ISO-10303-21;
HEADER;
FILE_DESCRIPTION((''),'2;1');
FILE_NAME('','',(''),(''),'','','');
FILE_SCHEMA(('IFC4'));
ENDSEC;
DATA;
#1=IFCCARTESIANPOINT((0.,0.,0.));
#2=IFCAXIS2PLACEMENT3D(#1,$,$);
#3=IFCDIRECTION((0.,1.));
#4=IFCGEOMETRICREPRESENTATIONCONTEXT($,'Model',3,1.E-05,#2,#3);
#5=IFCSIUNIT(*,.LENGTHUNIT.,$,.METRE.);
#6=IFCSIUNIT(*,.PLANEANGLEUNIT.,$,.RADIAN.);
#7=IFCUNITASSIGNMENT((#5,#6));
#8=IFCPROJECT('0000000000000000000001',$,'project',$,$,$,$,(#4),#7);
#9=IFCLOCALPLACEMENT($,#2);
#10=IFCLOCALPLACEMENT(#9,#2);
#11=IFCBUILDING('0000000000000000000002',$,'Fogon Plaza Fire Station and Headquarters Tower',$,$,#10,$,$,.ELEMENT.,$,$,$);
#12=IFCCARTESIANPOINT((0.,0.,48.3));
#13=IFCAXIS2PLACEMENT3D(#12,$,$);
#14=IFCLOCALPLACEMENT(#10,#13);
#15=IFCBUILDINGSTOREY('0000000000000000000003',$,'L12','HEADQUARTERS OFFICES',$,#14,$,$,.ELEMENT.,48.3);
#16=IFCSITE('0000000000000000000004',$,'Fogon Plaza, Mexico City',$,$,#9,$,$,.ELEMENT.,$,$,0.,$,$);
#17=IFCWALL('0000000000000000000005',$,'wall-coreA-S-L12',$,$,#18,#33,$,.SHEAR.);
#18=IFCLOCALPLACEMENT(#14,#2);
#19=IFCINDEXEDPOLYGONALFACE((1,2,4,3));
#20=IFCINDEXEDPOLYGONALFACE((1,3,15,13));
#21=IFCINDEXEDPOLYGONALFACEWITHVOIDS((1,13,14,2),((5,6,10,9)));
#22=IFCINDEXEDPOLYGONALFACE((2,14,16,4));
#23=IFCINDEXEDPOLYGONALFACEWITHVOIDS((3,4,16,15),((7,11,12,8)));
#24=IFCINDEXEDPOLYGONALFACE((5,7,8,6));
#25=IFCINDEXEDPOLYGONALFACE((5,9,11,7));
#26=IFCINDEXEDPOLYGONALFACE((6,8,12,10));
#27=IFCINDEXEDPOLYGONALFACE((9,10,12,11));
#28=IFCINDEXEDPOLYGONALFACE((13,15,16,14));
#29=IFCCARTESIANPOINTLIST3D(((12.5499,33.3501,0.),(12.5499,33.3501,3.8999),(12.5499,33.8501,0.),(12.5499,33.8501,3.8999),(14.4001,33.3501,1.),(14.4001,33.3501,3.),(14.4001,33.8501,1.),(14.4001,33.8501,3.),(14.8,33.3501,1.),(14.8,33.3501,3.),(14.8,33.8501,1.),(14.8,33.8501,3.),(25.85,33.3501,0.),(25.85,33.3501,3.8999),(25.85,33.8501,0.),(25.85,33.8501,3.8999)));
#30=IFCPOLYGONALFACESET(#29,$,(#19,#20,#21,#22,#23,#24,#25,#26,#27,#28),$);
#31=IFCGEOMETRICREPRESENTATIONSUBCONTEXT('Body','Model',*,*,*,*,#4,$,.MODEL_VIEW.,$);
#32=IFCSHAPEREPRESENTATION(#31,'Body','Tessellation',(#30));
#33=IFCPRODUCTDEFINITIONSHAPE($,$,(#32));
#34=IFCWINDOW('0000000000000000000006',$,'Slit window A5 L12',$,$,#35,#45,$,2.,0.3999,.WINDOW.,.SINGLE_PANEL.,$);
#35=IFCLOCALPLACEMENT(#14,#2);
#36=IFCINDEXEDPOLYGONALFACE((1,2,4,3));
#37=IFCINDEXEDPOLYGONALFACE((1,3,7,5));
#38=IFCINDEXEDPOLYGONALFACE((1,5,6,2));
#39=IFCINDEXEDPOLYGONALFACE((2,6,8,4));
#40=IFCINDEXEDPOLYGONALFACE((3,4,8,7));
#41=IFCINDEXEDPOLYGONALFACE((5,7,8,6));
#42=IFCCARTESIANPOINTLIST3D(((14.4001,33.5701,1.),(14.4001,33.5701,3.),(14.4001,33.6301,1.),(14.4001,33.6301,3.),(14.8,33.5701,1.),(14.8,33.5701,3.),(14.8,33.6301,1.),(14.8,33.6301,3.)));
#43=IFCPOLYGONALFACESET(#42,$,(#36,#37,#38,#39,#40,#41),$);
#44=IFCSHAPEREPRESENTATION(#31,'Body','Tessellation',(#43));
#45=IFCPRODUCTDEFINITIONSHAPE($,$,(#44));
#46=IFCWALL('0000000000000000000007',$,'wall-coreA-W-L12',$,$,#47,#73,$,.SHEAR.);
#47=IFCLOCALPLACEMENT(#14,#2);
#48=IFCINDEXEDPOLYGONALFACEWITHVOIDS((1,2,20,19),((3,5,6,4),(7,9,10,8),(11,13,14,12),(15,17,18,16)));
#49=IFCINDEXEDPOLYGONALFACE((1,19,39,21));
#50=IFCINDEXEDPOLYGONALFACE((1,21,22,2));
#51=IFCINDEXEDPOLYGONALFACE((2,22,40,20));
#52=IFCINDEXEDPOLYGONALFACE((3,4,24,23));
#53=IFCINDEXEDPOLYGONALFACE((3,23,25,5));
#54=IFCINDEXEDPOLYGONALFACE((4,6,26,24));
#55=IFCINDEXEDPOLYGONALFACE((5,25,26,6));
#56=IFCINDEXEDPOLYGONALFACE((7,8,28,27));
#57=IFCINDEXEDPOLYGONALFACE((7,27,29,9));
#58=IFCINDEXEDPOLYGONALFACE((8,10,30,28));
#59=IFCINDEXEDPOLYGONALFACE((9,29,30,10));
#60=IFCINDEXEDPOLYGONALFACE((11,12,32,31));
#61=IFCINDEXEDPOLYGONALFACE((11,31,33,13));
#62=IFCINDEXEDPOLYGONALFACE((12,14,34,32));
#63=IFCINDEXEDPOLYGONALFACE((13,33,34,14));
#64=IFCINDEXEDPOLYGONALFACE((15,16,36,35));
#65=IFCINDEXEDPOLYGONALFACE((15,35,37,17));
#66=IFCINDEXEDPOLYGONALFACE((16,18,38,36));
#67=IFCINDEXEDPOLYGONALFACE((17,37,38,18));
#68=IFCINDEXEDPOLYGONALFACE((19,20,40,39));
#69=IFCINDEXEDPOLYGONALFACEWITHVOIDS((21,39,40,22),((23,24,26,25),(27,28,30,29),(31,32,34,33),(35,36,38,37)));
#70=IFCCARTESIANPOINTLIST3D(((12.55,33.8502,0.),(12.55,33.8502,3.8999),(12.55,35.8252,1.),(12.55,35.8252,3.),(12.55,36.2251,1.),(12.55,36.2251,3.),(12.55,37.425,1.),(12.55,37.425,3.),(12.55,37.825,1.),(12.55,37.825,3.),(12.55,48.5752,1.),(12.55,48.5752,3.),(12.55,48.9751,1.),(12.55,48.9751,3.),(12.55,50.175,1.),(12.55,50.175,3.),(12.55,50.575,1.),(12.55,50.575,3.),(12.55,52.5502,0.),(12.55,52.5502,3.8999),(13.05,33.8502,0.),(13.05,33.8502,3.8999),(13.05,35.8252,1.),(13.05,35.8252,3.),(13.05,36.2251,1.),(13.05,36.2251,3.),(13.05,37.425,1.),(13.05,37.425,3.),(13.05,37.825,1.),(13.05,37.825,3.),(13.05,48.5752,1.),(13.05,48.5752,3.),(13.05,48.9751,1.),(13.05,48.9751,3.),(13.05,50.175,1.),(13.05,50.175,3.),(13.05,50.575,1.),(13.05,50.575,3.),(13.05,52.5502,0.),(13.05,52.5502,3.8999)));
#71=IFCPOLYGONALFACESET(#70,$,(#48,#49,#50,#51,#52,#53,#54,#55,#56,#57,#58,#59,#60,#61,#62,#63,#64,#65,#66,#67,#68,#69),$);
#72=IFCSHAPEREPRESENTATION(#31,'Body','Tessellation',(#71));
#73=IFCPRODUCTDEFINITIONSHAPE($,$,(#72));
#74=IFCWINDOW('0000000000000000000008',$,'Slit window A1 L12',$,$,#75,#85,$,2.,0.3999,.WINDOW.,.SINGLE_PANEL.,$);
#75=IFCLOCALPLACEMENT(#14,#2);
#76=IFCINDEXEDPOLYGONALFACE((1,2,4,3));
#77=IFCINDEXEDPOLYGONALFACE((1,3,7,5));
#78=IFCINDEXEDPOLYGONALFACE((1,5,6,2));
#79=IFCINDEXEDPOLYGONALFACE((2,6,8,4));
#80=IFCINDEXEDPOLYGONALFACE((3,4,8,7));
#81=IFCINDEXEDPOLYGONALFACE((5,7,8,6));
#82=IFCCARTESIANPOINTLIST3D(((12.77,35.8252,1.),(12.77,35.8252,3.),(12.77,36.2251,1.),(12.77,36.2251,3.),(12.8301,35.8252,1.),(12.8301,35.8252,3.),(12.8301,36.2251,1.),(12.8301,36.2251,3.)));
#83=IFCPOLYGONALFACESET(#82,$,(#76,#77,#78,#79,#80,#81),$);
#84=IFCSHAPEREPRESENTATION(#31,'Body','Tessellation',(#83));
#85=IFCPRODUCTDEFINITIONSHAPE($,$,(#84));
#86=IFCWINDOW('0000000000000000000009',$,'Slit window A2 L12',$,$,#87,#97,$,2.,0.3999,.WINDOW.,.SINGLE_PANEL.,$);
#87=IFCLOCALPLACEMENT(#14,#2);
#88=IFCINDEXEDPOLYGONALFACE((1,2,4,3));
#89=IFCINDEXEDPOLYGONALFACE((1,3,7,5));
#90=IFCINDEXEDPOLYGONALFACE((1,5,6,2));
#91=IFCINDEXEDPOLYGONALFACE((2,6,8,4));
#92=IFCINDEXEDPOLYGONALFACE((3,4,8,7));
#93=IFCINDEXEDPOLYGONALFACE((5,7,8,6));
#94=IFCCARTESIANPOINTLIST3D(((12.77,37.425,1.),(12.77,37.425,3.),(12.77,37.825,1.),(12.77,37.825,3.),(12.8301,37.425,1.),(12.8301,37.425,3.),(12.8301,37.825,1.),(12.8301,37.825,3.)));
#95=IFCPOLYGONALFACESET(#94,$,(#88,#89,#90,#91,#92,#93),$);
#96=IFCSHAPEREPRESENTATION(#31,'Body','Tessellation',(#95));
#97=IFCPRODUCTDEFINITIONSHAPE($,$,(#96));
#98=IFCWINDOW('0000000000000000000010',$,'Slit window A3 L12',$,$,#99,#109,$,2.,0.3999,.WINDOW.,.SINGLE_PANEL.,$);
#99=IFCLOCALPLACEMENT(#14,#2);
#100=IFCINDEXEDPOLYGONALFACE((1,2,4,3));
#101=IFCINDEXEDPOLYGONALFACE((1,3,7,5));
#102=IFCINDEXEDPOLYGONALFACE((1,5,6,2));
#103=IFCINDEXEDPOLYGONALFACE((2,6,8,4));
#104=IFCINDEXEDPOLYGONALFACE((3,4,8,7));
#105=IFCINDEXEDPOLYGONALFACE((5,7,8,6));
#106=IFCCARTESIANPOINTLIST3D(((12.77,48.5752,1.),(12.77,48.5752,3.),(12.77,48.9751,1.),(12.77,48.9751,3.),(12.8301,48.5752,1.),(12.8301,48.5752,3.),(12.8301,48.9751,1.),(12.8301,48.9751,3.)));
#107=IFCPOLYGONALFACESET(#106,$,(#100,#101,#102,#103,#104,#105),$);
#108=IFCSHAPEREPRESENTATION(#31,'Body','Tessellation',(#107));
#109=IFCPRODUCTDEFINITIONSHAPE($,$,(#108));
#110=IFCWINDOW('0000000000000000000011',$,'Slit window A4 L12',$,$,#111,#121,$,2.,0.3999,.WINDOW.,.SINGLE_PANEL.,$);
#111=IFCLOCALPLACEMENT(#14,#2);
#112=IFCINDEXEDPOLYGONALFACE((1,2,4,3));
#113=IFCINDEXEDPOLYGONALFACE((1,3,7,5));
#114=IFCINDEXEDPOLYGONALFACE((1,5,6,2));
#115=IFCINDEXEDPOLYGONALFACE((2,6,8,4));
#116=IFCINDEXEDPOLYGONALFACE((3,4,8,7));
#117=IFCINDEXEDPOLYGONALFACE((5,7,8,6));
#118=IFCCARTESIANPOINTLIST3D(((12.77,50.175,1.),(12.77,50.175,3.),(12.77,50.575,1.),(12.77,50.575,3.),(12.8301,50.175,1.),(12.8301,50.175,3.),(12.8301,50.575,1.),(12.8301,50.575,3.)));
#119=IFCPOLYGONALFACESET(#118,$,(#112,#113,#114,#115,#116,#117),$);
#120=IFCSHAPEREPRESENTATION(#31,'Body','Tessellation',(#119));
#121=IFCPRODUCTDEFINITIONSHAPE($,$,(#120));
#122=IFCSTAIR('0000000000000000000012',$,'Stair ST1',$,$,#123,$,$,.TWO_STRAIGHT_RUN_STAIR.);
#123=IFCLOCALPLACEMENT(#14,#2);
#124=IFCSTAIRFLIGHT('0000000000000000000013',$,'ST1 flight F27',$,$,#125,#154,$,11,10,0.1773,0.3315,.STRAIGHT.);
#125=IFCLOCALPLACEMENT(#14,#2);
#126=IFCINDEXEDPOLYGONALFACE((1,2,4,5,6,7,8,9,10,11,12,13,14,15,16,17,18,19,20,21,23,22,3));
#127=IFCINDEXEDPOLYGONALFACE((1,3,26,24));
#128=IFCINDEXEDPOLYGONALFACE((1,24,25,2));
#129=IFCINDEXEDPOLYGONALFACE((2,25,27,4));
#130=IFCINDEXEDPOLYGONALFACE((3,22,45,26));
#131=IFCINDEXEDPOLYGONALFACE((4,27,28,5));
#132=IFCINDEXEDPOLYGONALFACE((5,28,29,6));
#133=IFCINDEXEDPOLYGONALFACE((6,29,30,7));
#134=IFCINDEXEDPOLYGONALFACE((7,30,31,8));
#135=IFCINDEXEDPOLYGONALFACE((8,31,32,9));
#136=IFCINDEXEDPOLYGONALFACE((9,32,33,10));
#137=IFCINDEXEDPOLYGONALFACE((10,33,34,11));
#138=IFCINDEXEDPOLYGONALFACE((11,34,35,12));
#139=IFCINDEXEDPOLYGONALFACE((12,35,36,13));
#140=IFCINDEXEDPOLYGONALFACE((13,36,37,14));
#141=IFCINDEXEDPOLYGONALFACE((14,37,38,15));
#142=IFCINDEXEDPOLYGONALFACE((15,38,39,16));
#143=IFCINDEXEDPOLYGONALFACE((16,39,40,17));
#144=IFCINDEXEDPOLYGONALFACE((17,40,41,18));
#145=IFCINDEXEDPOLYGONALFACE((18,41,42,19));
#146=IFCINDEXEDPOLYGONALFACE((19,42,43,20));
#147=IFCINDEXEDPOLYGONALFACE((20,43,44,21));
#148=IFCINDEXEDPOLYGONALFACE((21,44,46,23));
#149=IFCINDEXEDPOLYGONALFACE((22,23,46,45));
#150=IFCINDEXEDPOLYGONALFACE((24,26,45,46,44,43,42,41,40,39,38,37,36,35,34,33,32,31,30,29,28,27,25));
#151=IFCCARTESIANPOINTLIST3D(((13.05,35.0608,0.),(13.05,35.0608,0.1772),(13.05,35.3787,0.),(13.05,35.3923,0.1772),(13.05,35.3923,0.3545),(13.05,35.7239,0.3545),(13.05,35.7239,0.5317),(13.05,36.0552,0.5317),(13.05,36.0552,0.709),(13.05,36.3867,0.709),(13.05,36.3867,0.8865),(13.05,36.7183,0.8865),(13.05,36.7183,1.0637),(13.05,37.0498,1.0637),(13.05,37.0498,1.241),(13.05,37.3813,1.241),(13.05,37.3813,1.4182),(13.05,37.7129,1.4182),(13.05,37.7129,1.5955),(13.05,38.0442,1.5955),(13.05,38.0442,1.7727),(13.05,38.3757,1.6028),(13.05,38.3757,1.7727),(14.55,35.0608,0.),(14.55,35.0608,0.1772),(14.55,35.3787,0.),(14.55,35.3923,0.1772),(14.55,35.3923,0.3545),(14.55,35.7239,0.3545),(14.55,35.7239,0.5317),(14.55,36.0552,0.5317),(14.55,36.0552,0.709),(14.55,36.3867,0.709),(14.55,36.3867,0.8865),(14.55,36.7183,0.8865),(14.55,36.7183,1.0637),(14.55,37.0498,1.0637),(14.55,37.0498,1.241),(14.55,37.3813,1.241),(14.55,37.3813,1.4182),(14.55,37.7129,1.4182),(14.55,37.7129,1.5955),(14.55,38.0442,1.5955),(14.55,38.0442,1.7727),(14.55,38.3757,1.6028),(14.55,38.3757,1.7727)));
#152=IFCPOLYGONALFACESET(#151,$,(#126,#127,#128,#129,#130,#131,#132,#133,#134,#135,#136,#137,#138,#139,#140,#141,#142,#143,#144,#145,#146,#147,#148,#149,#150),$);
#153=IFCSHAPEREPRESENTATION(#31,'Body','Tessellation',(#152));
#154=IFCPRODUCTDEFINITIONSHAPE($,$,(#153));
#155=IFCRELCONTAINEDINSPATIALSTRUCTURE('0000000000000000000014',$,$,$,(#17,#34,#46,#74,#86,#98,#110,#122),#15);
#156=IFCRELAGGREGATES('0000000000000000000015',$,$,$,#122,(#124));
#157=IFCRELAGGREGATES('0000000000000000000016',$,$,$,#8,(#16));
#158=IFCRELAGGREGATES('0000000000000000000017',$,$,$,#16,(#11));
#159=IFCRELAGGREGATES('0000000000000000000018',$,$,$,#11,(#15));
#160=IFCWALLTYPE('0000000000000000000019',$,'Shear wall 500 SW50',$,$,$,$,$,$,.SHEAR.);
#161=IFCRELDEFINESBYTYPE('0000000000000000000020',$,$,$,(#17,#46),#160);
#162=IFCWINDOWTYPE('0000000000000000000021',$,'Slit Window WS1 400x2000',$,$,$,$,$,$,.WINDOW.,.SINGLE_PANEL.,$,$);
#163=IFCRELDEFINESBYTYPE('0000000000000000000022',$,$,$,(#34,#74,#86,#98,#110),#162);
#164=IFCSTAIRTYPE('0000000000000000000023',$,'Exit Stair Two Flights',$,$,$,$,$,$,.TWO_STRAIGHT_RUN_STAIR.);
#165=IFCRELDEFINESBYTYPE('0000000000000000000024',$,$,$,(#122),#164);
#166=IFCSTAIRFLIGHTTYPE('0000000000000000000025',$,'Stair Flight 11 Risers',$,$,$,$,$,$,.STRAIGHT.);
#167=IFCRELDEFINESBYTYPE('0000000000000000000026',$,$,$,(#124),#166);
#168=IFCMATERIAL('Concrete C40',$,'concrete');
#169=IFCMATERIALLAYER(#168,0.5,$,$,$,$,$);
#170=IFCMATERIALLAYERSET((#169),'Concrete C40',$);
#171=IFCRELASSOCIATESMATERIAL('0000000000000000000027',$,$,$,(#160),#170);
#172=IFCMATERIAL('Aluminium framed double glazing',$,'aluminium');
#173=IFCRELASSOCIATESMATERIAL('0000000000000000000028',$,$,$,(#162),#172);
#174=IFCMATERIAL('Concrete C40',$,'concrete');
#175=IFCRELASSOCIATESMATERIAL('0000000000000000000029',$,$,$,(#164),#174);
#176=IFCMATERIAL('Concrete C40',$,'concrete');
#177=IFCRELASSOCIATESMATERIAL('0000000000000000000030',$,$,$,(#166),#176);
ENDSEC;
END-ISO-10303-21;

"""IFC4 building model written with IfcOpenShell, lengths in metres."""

from ifc_helpers import new_model, si_unit, direction, frame, frame_2d, origin, place, context, subcontext, project, spatial, polyline, rectangle, outline, extrude, material, layer, layer_set, type_object, element, fill, aggregate, save


model = new_model("IFC4")

# Units and contexts
model_context = context("Model", 3, precision=1e-05, world=origin(), true_north=direction((0.0, 1.0)))
body_context = subcontext(model_context, "Body", "Model", "MODEL_VIEW")
ifc_project = project(units=[si_unit("LENGTHUNIT", "METRE"), si_unit("PLANEANGLEUNIT", "RADIAN")], contexts=[model_context])

# Site, building, storey
site_placement = place(None, origin())
site = spatial("IfcSite", under=ifc_project, at=site_placement, Name="Fogon Plaza, Mexico City", CompositionType="ELEMENT", RefElevation=0.0)
building_placement = place(site_placement, origin())
building = spatial("IfcBuilding", under=site, at=building_placement, Name="Fogon Plaza Fire Station and Headquarters Tower", CompositionType="ELEMENT")
storey_placement = place(building_placement, frame((0.0, 0.0, 48.3)))
storey = spatial("IfcBuildingStorey", under=building, at=storey_placement, Name="L12", Description="HEADQUARTERS OFFICES", CompositionType="ELEMENT", Elevation=48.3)

# Wall, opening, window
ifc_material_1 = material(Name="Concrete C40", Category="concrete")
ifc_layer_1 = layer(ifc_material_1, 0.5)
ifc_layer_set_1 = layer_set([ifc_layer_1], Name="Concrete C40")
wall_type_1 = type_object("IfcWallType", Name="Shear wall 500 SW50", PredefinedType="SHEAR", material=ifc_layer_set_1)
wall_1_placement = place(storey_placement, frame((12.55, 33.6001, 0.0), z_axis=(0.0, 0.0, 1.0), x_axis=(1.0, 0.0, 0.0)))
wall_1 = element("IfcWall", 1, at=wall_1_placement, inside=storey, type_object=wall_type_1, Name="wall-coreA-S-L12", PredefinedType="SHEAR", context=body_context, shape_type="SweptSolid", body=[
    extrude(rectangle(XDim=13.3, YDim=0.5, at=frame_2d((6.6499, 0.0))), origin(), (0.0, 0.0, 1.0), 3.8999),
])
opening_1_placement = place(wall_1_placement, frame((1.8501, 0.0, 1.0)))
opening_1 = element("IfcOpeningElement", 2, at=opening_1_placement, cuts=wall_1, PredefinedType="OPENING", context=body_context, shape_type="SweptSolid", body=[
    extrude(rectangle(XDim=0.3999, YDim=2.0, at=frame_2d((0.2, 1.0))), frame((0.0, 0.26, 0.0), z_axis=(0.0, -1.0, 0.0), x_axis=(1.0, 0.0, 0.0)), (0.0, 0.0, 1.0), 0.52),
])
ifc_material_2 = material(Name="Aluminium framed double glazing", Category="aluminium")
window_type = type_object("IfcWindowType", Name="Slit Window WS1 400x2000", PartitioningType="SINGLE_PANEL", PredefinedType="WINDOW", material=ifc_material_2)
window_1_placement = place(opening_1_placement, origin())
window_1 = element("IfcWindow", 3, at=window_1_placement, inside=storey, type_object=window_type, Name="Slit window A5 L12", OverallHeight=2.0, OverallWidth=0.3999, PartitioningType="SINGLE_PANEL", PredefinedType="WINDOW", context=body_context, shape_type="SweptSolid", body=[
    extrude(rectangle(XDim=0.3999, YDim=2.0, at=frame_2d((0.2, 1.0))), frame((0.0, 0.03, 0.0), z_axis=(0.0, -1.0, 0.0), x_axis=(1.0, 0.0, 0.0)), (0.0, 0.0, 1.0), 0.0601),
])
fill(opening_1, window_1)

# Wall, openings, windows
wall_2_placement = place(storey_placement, frame((12.8, 33.8501, 0.0), z_axis=(0.0, 0.0, 1.0), x_axis=(0.0, 1.0, 0.0)))
wall_2 = element("IfcWall", 4, at=wall_2_placement, inside=storey, type_object=wall_type_1, Name="wall-coreA-W-L12", PredefinedType="SHEAR", context=body_context, shape_type="SweptSolid", body=[
    extrude(rectangle(XDim=18.7, YDim=0.5, at=frame_2d((9.3501, 0.0))), origin(), (0.0, 0.0, 1.0), 3.8999),
])
opening_2_placement = place(wall_2_placement, frame((1.9751, 0.0, 1.0)))
opening_2 = element("IfcOpeningElement", 5, at=opening_2_placement, cuts=wall_2, PredefinedType="OPENING", context=body_context, shape_type="SweptSolid", body=[
    extrude(rectangle(XDim=0.3999, YDim=2.0, at=frame_2d((0.2, 1.0))), frame((0.0, 0.26, 0.0), z_axis=(0.0, -1.0, 0.0), x_axis=(1.0, 0.0, 0.0)), (0.0, 0.0, 1.0), 0.52),
])
opening_3_placement = place(wall_2_placement, frame((3.575, 0.0, 1.0)))
opening_3 = element("IfcOpeningElement", 6, at=opening_3_placement, cuts=wall_2, PredefinedType="OPENING", context=body_context, shape_type="SweptSolid", body=[
    extrude(rectangle(XDim=0.3999, YDim=2.0, at=frame_2d((0.2, 1.0))), frame((0.0, 0.26, 0.0), z_axis=(0.0, -1.0, 0.0), x_axis=(1.0, 0.0, 0.0)), (0.0, 0.0, 1.0), 0.52),
])
opening_4_placement = place(wall_2_placement, frame((14.7251, 0.0, 1.0)))
opening_4 = element("IfcOpeningElement", 7, at=opening_4_placement, cuts=wall_2, PredefinedType="OPENING", context=body_context, shape_type="SweptSolid", body=[
    extrude(rectangle(XDim=0.3999, YDim=2.0, at=frame_2d((0.2, 1.0))), frame((0.0, 0.26, 0.0), z_axis=(0.0, -1.0, 0.0), x_axis=(1.0, 0.0, 0.0)), (0.0, 0.0, 1.0), 0.52),
])
opening_5_placement = place(wall_2_placement, frame((16.325, 0.0, 1.0)))
opening_5 = element("IfcOpeningElement", 8, at=opening_5_placement, cuts=wall_2, PredefinedType="OPENING", context=body_context, shape_type="SweptSolid", body=[
    extrude(rectangle(XDim=0.3999, YDim=2.0, at=frame_2d((0.2, 1.0))), frame((0.0, 0.26, 0.0), z_axis=(0.0, -1.0, 0.0), x_axis=(1.0, 0.0, 0.0)), (0.0, 0.0, 1.0), 0.52),
])
window_2_placement = place(opening_2_placement, origin())
window_2 = element("IfcWindow", 9, at=window_2_placement, inside=storey, type_object=window_type, Name="Slit window A1 L12", OverallHeight=2.0, OverallWidth=0.3999, PartitioningType="SINGLE_PANEL", PredefinedType="WINDOW", context=body_context, shape_type="SweptSolid", body=[
    extrude(rectangle(XDim=0.3999, YDim=2.0, at=frame_2d((0.2, 1.0))), frame((0.0, 0.03, 0.0), z_axis=(0.0, -1.0, 0.0), x_axis=(1.0, 0.0, 0.0)), (0.0, 0.0, 1.0), 0.0601),
])
fill(opening_2, window_2)
window_3_placement = place(opening_3_placement, origin())
window_3 = element("IfcWindow", 10, at=window_3_placement, inside=storey, type_object=window_type, Name="Slit window A2 L12", OverallHeight=2.0, OverallWidth=0.3999, PartitioningType="SINGLE_PANEL", PredefinedType="WINDOW", context=body_context, shape_type="SweptSolid", body=[
    extrude(rectangle(XDim=0.3999, YDim=2.0, at=frame_2d((0.2, 1.0))), frame((0.0, 0.03, 0.0), z_axis=(0.0, -1.0, 0.0), x_axis=(1.0, 0.0, 0.0)), (0.0, 0.0, 1.0), 0.0601),
])
fill(opening_3, window_3)
window_4_placement = place(opening_4_placement, origin())
window_4 = element("IfcWindow", 11, at=window_4_placement, inside=storey, type_object=window_type, Name="Slit window A3 L12", OverallHeight=2.0, OverallWidth=0.3999, PartitioningType="SINGLE_PANEL", PredefinedType="WINDOW", context=body_context, shape_type="SweptSolid", body=[
    extrude(rectangle(XDim=0.3999, YDim=2.0, at=frame_2d((0.2, 1.0))), frame((0.0, 0.03, 0.0), z_axis=(0.0, -1.0, 0.0), x_axis=(1.0, 0.0, 0.0)), (0.0, 0.0, 1.0), 0.0601),
])
fill(opening_4, window_4)
window_5_placement = place(opening_5_placement, origin())
window_5 = element("IfcWindow", 12, at=window_5_placement, inside=storey, type_object=window_type, Name="Slit window A4 L12", OverallHeight=2.0, OverallWidth=0.3999, PartitioningType="SINGLE_PANEL", PredefinedType="WINDOW", context=body_context, shape_type="SweptSolid", body=[
    extrude(rectangle(XDim=0.3999, YDim=2.0, at=frame_2d((0.2, 1.0))), frame((0.0, 0.03, 0.0), z_axis=(0.0, -1.0, 0.0), x_axis=(1.0, 0.0, 0.0)), (0.0, 0.0, 1.0), 0.0601),
])
fill(opening_5, window_5)

# Stair, stair flight
ifc_material_3 = material(Name="Concrete C40", Category="concrete")
stair_type = type_object("IfcStairType", Name="Exit Stair Two Flights", PredefinedType="TWO_STRAIGHT_RUN_STAIR", material=ifc_material_3)
stair_placement = place(storey_placement, origin())
stair = element("IfcStair", 13, at=stair_placement, inside=storey, type_object=stair_type, Name="Stair ST1", PredefinedType="TWO_STRAIGHT_RUN_STAIR")
ifc_material_4 = material(Name="Concrete C40", Category="concrete")
stair_flight_type = type_object("IfcStairFlightType", Name="Stair Flight 11 Risers", PredefinedType="STRAIGHT", material=ifc_material_4)
stair_flight_placement = place(storey_placement, frame((13.8, 35.0608, 0.0), z_axis=(0.0, 0.0, 1.0), x_axis=(0.0, 1.0, 0.0)))
stair_flight = element("IfcStairFlight", 14, at=stair_flight_placement, type_object=stair_flight_type, Name="ST1 flight F27", NumberOfRisers=11, NumberOfTreads=10, PredefinedType="STRAIGHT", RiserHeight=0.1773, TreadLength=0.3315, context=body_context, shape_type="SweptSolid", body=[
    extrude(outline(polyline([(0.0, 0.0), (0.0, 0.1772), (0.3315, 0.1772), (0.3315, 0.3545), (0.6631, 0.3545), (0.6631, 0.5317), (0.9944, 0.5317), (0.9944, 0.709), (1.3259, 0.709), (1.3259, 0.8865), (1.6575, 0.8865), (1.6575, 1.0637), (1.989, 1.0637), (1.989, 1.241), (2.3206, 1.241), (2.3206, 1.4182), (2.6521, 1.4182), (2.6521, 1.5955), (2.9834, 1.5955), (2.9834, 1.7727), (3.3149, 1.7727), (3.3149, 1.95), (3.3149, 1.6028), (0.3179, 0.0), (0.0, 0.0)])), frame((0.0, 0.75, 0.0), z_axis=(0.0, -1.0, 0.0), x_axis=(1.0, 0.0, 0.0)), (0.0, 0.0, 1.0), 1.5),
])
aggregate(stair, [stair_flight])

save(model, "model.ifc")
